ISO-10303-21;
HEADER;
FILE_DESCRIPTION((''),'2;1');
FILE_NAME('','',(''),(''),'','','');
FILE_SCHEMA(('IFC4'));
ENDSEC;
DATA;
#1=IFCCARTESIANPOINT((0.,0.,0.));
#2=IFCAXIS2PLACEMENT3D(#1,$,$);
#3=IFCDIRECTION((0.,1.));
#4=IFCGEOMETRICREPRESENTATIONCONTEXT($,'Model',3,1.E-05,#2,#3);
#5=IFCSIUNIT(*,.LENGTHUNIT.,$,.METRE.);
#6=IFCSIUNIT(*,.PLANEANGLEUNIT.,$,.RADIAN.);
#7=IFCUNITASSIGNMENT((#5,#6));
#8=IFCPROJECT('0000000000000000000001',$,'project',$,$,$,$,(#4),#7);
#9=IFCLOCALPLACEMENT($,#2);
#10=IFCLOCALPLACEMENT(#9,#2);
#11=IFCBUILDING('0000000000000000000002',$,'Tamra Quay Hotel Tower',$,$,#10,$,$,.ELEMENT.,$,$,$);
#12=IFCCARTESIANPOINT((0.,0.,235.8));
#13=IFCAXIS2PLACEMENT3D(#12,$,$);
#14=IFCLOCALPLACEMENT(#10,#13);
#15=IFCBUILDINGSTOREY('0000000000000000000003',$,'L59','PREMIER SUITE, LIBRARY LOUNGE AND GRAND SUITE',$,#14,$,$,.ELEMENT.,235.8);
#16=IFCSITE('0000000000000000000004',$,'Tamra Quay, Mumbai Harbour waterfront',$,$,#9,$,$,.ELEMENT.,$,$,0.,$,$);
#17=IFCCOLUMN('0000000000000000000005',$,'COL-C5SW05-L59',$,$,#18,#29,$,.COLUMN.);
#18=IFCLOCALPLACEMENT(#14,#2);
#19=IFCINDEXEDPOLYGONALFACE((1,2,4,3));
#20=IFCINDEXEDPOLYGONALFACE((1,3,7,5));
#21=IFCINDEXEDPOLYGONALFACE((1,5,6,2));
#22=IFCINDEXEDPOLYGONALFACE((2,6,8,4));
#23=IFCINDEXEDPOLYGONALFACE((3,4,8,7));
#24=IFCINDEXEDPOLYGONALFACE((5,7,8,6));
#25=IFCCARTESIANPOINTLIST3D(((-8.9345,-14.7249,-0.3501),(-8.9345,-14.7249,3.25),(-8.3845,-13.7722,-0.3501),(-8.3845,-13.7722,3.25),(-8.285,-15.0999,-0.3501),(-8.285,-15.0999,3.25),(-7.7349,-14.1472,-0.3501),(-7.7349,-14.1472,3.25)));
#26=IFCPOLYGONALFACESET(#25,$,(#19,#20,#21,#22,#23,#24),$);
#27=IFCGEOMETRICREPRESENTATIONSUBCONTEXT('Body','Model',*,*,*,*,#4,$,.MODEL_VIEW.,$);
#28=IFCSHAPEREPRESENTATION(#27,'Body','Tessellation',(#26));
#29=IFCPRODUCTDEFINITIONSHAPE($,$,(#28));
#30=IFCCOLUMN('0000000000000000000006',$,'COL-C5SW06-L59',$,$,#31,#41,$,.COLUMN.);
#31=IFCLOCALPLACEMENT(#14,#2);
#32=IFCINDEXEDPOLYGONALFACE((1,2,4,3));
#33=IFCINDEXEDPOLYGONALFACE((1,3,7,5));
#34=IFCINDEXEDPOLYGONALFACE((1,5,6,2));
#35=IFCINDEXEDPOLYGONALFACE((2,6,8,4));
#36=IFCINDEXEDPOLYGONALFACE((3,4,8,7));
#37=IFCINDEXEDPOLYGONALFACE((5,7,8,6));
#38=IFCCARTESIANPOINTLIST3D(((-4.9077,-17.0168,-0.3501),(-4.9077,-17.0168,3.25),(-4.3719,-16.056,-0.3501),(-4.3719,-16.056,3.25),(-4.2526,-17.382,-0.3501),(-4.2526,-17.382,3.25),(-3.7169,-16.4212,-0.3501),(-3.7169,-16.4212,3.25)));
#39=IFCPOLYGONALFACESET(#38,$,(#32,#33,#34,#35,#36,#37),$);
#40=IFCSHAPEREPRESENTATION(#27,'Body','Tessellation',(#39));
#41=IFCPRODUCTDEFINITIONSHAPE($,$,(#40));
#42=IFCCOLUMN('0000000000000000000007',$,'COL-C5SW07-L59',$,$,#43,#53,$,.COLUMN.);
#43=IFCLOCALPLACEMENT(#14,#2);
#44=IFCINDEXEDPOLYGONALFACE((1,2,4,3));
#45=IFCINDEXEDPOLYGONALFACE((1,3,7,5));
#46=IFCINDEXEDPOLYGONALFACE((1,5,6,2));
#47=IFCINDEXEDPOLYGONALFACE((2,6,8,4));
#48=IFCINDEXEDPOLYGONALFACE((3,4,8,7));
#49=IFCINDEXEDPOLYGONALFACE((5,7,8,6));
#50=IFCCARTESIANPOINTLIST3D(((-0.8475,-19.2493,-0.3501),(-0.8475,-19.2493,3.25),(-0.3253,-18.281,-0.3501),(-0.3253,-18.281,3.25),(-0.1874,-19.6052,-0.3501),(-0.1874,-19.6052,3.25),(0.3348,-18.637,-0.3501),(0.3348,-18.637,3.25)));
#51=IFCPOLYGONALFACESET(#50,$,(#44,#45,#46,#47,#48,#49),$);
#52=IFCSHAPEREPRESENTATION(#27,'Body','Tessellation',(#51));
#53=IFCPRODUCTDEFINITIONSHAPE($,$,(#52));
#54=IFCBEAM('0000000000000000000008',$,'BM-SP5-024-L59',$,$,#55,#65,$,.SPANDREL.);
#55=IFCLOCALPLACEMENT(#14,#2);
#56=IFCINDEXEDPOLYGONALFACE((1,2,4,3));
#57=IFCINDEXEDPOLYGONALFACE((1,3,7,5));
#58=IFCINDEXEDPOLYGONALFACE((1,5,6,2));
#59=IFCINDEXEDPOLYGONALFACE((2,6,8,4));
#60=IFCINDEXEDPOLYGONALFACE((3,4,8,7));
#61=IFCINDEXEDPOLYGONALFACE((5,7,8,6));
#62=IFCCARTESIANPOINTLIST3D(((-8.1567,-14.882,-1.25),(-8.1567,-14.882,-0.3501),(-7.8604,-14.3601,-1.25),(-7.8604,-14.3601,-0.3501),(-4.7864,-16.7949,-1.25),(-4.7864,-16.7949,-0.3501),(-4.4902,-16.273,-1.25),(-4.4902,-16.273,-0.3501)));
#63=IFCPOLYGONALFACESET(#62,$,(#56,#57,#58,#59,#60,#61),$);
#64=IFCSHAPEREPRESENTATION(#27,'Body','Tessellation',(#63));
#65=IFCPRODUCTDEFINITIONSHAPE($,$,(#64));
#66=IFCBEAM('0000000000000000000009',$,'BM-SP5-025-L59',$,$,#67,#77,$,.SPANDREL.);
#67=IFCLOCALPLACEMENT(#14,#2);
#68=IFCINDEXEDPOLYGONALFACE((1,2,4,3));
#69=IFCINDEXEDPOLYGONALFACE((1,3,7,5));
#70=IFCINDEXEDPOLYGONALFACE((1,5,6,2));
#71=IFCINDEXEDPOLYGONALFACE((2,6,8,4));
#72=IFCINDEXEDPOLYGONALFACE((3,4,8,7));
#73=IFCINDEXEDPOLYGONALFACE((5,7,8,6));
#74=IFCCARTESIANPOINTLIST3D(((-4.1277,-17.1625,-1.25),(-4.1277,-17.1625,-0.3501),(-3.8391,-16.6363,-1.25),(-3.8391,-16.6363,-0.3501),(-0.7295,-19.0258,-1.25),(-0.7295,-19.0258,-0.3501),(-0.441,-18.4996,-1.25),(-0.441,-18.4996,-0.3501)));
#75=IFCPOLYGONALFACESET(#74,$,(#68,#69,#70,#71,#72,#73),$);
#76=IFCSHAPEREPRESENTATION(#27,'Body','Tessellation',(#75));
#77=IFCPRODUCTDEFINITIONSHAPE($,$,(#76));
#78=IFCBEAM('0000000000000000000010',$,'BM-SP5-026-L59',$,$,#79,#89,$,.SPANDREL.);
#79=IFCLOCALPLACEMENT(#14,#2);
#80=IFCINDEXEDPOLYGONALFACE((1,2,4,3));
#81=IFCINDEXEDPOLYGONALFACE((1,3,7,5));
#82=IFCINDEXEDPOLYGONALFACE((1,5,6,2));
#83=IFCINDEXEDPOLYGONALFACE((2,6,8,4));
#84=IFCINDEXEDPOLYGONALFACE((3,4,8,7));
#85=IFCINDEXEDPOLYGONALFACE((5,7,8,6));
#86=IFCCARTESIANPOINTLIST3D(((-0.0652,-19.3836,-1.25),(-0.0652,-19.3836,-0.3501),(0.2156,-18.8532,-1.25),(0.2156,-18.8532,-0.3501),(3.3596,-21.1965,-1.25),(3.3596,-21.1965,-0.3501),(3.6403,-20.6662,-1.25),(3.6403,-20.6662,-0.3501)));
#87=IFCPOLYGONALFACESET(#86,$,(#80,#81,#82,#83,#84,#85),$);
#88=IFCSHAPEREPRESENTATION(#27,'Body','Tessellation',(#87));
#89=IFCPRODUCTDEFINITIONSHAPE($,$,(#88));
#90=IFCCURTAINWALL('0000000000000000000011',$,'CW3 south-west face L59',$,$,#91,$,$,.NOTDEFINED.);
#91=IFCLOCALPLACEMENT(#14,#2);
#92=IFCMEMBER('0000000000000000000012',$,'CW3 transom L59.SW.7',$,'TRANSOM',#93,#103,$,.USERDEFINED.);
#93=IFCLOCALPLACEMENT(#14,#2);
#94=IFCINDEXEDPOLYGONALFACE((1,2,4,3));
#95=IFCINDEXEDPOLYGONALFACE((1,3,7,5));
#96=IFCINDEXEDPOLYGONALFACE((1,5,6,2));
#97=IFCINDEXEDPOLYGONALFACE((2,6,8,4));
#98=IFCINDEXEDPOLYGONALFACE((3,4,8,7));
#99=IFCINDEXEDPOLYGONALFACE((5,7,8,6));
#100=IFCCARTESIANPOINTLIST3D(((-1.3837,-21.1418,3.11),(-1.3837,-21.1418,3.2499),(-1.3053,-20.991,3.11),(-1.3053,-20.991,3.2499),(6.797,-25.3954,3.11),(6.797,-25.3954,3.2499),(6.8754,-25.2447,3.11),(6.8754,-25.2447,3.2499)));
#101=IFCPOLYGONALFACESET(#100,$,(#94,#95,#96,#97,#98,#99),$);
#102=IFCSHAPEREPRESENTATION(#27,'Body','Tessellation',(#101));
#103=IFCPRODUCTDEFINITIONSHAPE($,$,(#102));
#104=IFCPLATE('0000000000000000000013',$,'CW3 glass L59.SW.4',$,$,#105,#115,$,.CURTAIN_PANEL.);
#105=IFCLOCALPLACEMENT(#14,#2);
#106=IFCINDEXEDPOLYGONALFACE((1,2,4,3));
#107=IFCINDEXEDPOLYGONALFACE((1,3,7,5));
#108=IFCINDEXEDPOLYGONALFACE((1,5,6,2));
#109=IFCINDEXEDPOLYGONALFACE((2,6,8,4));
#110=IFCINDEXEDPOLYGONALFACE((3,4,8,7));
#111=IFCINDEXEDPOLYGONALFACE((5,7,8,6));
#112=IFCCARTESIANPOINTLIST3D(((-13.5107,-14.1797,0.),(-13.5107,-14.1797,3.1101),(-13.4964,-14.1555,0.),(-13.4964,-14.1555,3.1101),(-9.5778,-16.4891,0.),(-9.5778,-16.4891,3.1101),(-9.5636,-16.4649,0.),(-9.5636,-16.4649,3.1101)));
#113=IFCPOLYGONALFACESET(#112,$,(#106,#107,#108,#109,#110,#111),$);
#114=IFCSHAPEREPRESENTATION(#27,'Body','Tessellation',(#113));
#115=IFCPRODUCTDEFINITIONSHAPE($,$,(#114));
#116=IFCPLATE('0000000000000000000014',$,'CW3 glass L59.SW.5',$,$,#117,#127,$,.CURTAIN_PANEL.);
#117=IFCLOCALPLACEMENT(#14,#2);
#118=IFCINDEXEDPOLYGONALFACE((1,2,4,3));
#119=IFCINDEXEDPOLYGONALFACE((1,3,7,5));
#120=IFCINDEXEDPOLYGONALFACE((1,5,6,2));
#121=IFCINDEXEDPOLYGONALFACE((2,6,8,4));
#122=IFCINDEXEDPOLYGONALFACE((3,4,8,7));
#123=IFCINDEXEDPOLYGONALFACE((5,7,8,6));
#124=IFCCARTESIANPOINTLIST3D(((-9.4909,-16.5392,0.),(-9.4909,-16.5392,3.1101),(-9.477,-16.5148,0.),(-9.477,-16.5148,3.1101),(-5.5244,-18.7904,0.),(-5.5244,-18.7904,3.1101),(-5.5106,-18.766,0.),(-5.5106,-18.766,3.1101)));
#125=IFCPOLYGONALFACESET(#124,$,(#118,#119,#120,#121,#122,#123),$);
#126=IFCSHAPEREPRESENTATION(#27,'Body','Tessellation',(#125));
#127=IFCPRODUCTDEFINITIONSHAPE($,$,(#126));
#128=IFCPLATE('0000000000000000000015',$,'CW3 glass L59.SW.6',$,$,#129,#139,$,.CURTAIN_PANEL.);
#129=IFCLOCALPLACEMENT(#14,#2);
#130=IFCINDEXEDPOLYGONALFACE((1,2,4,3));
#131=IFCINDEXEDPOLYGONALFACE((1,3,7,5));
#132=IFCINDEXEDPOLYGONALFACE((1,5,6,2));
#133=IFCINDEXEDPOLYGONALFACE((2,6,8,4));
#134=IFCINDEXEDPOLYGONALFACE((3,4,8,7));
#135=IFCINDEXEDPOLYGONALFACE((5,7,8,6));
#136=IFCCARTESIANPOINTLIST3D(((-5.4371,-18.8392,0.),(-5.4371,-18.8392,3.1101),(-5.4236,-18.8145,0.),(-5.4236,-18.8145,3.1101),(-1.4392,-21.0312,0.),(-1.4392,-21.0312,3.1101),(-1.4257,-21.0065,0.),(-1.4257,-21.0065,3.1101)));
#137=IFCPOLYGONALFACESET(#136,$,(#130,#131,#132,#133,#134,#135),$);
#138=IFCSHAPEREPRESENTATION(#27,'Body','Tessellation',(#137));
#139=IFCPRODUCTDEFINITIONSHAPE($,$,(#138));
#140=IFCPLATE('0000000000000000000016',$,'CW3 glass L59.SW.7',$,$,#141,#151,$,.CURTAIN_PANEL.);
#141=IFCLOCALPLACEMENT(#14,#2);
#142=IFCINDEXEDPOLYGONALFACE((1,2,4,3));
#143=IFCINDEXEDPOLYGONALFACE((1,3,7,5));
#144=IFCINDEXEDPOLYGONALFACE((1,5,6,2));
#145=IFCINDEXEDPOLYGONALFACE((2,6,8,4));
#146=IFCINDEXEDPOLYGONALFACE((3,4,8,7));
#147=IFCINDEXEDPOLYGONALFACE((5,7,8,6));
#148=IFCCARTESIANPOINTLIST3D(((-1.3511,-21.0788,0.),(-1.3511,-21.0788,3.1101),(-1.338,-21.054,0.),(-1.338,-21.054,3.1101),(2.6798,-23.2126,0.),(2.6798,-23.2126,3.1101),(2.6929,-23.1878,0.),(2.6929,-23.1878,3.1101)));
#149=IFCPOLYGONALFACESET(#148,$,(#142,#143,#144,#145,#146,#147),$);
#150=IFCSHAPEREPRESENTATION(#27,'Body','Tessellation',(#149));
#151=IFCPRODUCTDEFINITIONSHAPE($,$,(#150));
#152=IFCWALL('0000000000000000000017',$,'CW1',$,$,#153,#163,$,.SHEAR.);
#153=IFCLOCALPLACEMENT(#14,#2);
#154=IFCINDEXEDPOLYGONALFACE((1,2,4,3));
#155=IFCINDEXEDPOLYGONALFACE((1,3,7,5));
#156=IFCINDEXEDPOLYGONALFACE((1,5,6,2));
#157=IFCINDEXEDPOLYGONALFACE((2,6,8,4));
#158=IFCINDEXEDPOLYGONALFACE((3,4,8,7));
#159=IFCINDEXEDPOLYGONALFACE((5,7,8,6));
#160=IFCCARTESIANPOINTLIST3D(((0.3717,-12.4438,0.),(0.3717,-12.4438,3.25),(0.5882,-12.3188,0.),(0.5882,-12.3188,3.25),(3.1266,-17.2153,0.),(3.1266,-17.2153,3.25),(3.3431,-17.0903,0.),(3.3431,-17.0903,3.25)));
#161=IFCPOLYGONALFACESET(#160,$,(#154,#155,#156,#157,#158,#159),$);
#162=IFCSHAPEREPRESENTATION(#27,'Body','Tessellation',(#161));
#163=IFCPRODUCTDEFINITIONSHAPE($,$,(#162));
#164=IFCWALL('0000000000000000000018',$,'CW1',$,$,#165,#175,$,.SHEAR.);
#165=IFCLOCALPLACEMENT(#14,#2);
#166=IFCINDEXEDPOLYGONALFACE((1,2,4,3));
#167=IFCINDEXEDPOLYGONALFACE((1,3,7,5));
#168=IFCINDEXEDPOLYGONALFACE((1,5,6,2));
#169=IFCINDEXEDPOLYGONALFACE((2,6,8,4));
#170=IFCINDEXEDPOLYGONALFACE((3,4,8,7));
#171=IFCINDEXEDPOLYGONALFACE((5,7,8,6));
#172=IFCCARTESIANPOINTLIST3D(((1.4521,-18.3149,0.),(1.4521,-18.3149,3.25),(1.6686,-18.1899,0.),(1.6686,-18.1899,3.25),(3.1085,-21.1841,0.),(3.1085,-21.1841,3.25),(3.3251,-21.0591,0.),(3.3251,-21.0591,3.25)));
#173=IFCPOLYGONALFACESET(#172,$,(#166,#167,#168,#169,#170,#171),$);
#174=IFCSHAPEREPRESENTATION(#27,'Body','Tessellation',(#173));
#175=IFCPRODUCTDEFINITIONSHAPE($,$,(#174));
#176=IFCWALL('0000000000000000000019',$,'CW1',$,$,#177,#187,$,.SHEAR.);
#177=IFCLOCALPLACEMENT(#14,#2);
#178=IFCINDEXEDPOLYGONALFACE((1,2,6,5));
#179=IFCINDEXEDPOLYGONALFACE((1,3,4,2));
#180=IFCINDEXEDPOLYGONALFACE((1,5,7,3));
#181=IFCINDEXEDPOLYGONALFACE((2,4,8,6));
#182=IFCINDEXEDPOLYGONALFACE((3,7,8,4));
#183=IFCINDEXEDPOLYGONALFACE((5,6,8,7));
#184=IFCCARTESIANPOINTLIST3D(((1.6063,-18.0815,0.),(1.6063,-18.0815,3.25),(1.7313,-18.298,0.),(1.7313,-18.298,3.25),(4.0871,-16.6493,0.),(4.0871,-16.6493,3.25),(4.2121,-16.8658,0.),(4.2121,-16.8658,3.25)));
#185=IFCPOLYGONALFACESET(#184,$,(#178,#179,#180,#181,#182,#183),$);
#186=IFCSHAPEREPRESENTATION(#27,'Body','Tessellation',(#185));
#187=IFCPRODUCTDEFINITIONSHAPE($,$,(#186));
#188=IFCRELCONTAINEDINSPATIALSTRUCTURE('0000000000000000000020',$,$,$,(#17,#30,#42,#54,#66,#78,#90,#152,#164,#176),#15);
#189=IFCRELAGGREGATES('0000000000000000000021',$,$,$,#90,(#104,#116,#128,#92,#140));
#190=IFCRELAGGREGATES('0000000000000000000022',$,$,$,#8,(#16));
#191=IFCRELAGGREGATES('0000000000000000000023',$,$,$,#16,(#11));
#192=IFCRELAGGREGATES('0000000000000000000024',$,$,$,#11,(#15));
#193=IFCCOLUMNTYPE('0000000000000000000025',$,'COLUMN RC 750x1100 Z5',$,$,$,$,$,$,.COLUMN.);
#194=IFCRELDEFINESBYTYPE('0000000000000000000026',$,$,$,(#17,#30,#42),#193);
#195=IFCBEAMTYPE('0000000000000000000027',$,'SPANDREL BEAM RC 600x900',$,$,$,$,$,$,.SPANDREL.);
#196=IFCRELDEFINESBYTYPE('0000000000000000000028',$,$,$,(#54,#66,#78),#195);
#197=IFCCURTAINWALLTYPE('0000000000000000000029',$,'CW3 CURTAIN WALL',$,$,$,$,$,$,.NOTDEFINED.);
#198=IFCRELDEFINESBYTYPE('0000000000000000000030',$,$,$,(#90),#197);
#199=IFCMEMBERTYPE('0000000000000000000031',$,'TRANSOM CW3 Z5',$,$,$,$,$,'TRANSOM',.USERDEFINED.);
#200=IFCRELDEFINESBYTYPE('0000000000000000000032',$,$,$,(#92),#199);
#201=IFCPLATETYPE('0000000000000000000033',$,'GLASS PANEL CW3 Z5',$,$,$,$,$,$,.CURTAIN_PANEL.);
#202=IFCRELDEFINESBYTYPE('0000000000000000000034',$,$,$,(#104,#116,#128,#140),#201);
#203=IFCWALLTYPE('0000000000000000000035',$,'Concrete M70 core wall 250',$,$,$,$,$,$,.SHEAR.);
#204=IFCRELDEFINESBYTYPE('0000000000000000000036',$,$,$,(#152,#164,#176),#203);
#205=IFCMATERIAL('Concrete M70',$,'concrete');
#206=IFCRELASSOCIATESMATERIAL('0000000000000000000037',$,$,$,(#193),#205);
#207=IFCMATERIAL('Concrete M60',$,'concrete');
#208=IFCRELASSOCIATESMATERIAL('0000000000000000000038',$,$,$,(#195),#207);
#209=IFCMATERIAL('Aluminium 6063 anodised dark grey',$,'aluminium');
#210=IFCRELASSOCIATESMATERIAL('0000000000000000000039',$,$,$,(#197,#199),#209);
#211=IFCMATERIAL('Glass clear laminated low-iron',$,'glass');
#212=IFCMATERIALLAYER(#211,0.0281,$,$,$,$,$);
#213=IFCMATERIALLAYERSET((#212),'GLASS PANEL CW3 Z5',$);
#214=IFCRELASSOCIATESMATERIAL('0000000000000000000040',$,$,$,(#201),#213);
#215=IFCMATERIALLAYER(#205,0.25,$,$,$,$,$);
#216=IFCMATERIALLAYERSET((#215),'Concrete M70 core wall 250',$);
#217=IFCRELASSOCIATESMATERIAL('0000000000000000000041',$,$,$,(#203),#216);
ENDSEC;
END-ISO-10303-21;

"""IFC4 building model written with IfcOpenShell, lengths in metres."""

from ifc_helpers import new_model, si_unit, direction, frame, frame_2d, origin, origin_2d, place, context, subcontext, project, spatial, rectangle, extrude, material, layer, layer_set, material_profile, profile_set, type_object, element, aggregate, save


model = new_model("IFC4")

# Units and contexts
model_context = context("Model", 3, precision=1e-05, world=origin(), true_north=direction((0.0, 1.0)))
body_context = subcontext(model_context, "Body", "Model", "MODEL_VIEW")
ifc_project = project(units=[si_unit("LENGTHUNIT", "METRE"), si_unit("PLANEANGLEUNIT", "RADIAN")], contexts=[model_context])

# Site, building, storey
site_placement = place(None, origin())
site = spatial("IfcSite", under=ifc_project, at=site_placement, Name="Tamra Quay, Mumbai Harbour waterfront", CompositionType="ELEMENT", RefElevation=0.0)
building_placement = place(site_placement, origin())
building = spatial("IfcBuilding", under=site, at=building_placement, Name="Tamra Quay Hotel Tower", CompositionType="ELEMENT")
storey_placement = place(building_placement, frame((0.0, 0.0, 235.8)))
storey = spatial("IfcBuildingStorey", under=building, at=storey_placement, Name="L59", Description="PREMIER SUITE, LIBRARY LOUNGE AND GRAND SUITE", CompositionType="ELEMENT", Elevation=235.8)

# Columns
ifc_material_1 = material(Name="Concrete M70", Category="concrete")
ifc_material_profile_1 = material_profile(ifc_material_1, rectangle(XDim=1.1001, YDim=0.75, at=origin_2d()), Name="COLUMN RC 750x1100 Z5")
ifc_profile_set_1 = profile_set([ifc_material_profile_1], Name="Concrete M70")
column_type = type_object("IfcColumnType", Name="COLUMN RC 750x1100 Z5", PredefinedType="COLUMN", material=ifc_profile_set_1)
for number, where, z_axis, x_axis, name in (
    (1, (-8.3347, -14.436, -0.3501), (0.0, 0.0, 1.0), (0.5, 0.866025, 0.0), "COL-C5SW05-L59"),
    (2, (-4.3123, -16.719, -0.3501), (0.0, 0.0, 1.0), (0.486989, 0.873408, 0.0), "COL-C5SW06-L59"),
    (3, (-0.2563, -18.9431, -0.3501), (0.0, 0.0, 1.0), (0.474651, 0.880174, 0.0), "COL-C5SW07-L59"),
):
    element("IfcColumn", number, at=place(storey_placement, frame(where, z_axis=z_axis, x_axis=x_axis)), inside=storey, type_object=column_type, Name=name, PredefinedType="COLUMN", context=body_context, shape_type="SweptSolid", body=[
        extrude(rectangle(XDim=1.1001, YDim=0.75, at=origin_2d()), origin(), (0.0, 0.0, 1.0), 3.6001),
    ])

# Beams
ifc_material_2 = material(Name="Concrete M60", Category="concrete")
ifc_material_profile_2 = material_profile(ifc_material_2, rectangle(XDim=0.6001, YDim=0.8999, at=origin_2d()), Name="SPANDREL BEAM RC 600x900")
ifc_profile_set_2 = profile_set([ifc_material_profile_2], Name="Concrete M60")
beam_type = type_object("IfcBeamType", Name="SPANDREL BEAM RC 600x900", PredefinedType="SPANDREL", material=ifc_profile_set_2)
beam_1_placement = place(storey_placement, frame((-8.0085, -14.6211, -0.8), z_axis=(0.869678, -0.49362, 0.0), x_axis=(0.49362, 0.869678, 0.0)))
element("IfcBeam", 4, at=beam_1_placement, inside=storey, type_object=beam_type, Name="BM-SP5-024-L59", PredefinedType="SPANDREL", context=body_context, shape_type="SweptSolid", body=[
    extrude(rectangle(XDim=0.6001, YDim=0.8999, at=origin_2d()), origin(), (0.0, 0.0, 1.0), 3.8752),
])
beam_2_placement = place(storey_placement, frame((-3.9834, -16.8994, -0.8), z_axis=(0.876839, -0.480784, 0.0), x_axis=(0.480784, 0.876839, 0.0)))
element("IfcBeam", 5, at=beam_2_placement, inside=storey, type_object=beam_type, Name="BM-SP5-025-L59", PredefinedType="SPANDREL", context=body_context, shape_type="SweptSolid", body=[
    extrude(rectangle(XDim=0.6001, YDim=0.8999, at=origin_2d()), origin(), (0.0, 0.0, 1.0), 3.8755),
])
beam_3_placement = place(storey_placement, frame((0.0752, -19.1184, -0.8), z_axis=(0.883803, -0.467859, 0.0), x_axis=(0.467859, 0.883803, 0.0)))
element("IfcBeam", 6, at=beam_3_placement, inside=storey, type_object=beam_type, Name="BM-SP5-026-L59", PredefinedType="SPANDREL", context=body_context, shape_type="SweptSolid", body=[
    extrude(rectangle(XDim=0.6001, YDim=0.8999, at=origin_2d()), origin(), (0.0, 0.0, 1.0), 3.875),
])

# Curtain wall, member, plates
ifc_material_3 = material(Name="Aluminium 6063 anodised dark grey", Category="aluminium")
curtain_wall_type = type_object("IfcCurtainWallType", Name="CW3 CURTAIN WALL", PredefinedType="NOTDEFINED", material=ifc_material_3)
curtain_wall_placement = place(storey_placement, origin())
curtain_wall = element("IfcCurtainWall", 7, at=curtain_wall_placement, inside=storey, type_object=curtain_wall_type, Name="CW3 south-west face L59", PredefinedType="NOTDEFINED")
ifc_material_profile_3 = material_profile(ifc_material_3, rectangle(XDim=0.1699, YDim=0.1399, at=origin_2d()), Name="TRANSOM 170X140")
ifc_profile_set_3 = profile_set([ifc_material_profile_3], Name="Aluminium 6063 anodised dark grey")
member_type = type_object("IfcMemberType", Name="TRANSOM CW3 Z5", ElementType="TRANSOM", PredefinedType="USERDEFINED", material=ifc_profile_set_3)
member_placement = place(storey_placement, frame((-1.3445, -21.0664, 3.1799), z_axis=(0.887229, -0.461329, 0.0), x_axis=(0.461329, 0.887229, 0.0)))
member = element("IfcMember", 8, at=member_placement, type_object=member_type, Name="CW3 transom L59.SW.7", ObjectType="TRANSOM", PredefinedType="USERDEFINED", context=body_context, shape_type="SweptSolid", body=[
    extrude(rectangle(XDim=0.1699, YDim=0.1399, at=origin_2d()), origin(), (0.0, 0.0, 1.0), 9.2205),
])
ifc_material_4 = material(Name="Glass clear laminated low-iron", Category="glass")
ifc_layer_1 = layer(ifc_material_4, 0.0281)
ifc_layer_set_1 = layer_set([ifc_layer_1], Name="GLASS PANEL CW3 Z5")
plate_type = type_object("IfcPlateType", Name="GLASS PANEL CW3 Z5", PredefinedType="CURTAIN_PANEL", material=ifc_layer_set_1)
plate_1_placement = place(storey_placement, frame((-11.5371, -15.3223, 0.0), z_axis=(0.0, 0.0, 1.0), x_axis=(0.862321, -0.506362, 0.0)))
plate_1 = element("IfcPlate", 9, at=plate_1_placement, type_object=plate_type, Name="CW3 glass L59.SW.4", PredefinedType="CURTAIN_PANEL", context=body_context, shape_type="SweptSolid", body=[
    extrude(rectangle(XDim=4.5608, YDim=0.0281, at=origin_2d()), origin(), (0.0, 0.0, 1.0), 3.1101),
])
plate_2_placement = place(storey_placement, frame((-7.5007, -17.6526, 0.0), z_axis=(0.0, 0.0, 1.0), x_axis=(0.869683, -0.493611, 0.0)))
plate_2 = element("IfcPlate", 10, at=plate_2_placement, type_object=plate_type, Name="CW3 glass L59.SW.5", PredefinedType="CURTAIN_PANEL", context=body_context, shape_type="SweptSolid", body=[
    extrude(rectangle(XDim=4.5608, YDim=0.0281, at=origin_2d()), origin(), (0.0, 0.0, 1.0), 3.1101),
])
plate_3_placement = place(storey_placement, frame((-3.4314, -19.9229, 0.0), z_axis=(0.0, 0.0, 1.0), x_axis=(0.876846, -0.480771, 0.0)))
plate_3 = element("IfcPlate", 11, at=plate_3_placement, type_object=plate_type, Name="CW3 glass L59.SW.6", PredefinedType="CURTAIN_PANEL", context=body_context, shape_type="SweptSolid", body=[
    extrude(rectangle(XDim=4.5593, YDim=0.0281, at=origin_2d()), origin(), (0.0, 0.0, 1.0), 3.1101),
])
plate_4_placement = place(storey_placement, frame((0.6709, -22.1333, 0.0), z_axis=(0.0, 0.0, 1.0), x_axis=(0.883813, -0.467841, 0.0)))
plate_4 = element("IfcPlate", 12, at=plate_4_placement, type_object=plate_type, Name="CW3 glass L59.SW.7", PredefinedType="CURTAIN_PANEL", context=body_context, shape_type="SweptSolid", body=[
    extrude(rectangle(XDim=4.5608, YDim=0.0281, at=origin_2d()), origin(), (0.0, 0.0, 1.0), 3.1101),
])
aggregate(curtain_wall, [plate_1, plate_2, plate_3, member, plate_4])

# Walls
ifc_layer_2 = layer(ifc_material_1, 0.25)
ifc_layer_set_2 = layer_set([ifc_layer_2], Name="Concrete M70 core wall 250")
wall_type_1 = type_object("IfcWallType", Name="Concrete M70 core wall 250", PredefinedType="SHEAR", material=ifc_layer_set_2)
wall_1_placement = place(storey_placement, frame((3.2349, -17.1528, 0.0), z_axis=(0.0, 0.0, 1.0), x_axis=(-0.500009, 0.86602, 0.0)))
element("IfcWall", 13, at=wall_1_placement, inside=storey, type_object=wall_type_1, Name="CW1", PredefinedType="SHEAR", context=body_context, shape_type="SweptSolid", body=[
    extrude(rectangle(XDim=5.5098, YDim=0.25, at=frame_2d((2.7549, 0.0))), origin(), (0.0, 0.0, 1.0), 3.25),
])
wall_2_placement = place(storey_placement, frame((3.2168, -21.1216, 0.0), z_axis=(0.0, 0.0, 1.0), x_axis=(-0.499999, 0.866026, 0.0)))
element("IfcWall", 14, at=wall_2_placement, inside=storey, type_object=wall_type_1, Name="CW1", PredefinedType="SHEAR", context=body_context, shape_type="SweptSolid", body=[
    extrude(rectangle(XDim=3.313, YDim=0.25, at=frame_2d((1.6565, 0.0))), origin(), (0.0, 0.0, 1.0), 3.25),
])
wall_3_placement = place(storey_placement, frame((1.6689, -18.1897, 0.0), z_axis=(0.0, 0.0, 1.0), x_axis=(0.866042, 0.499971, 0.0)))
element("IfcWall", 15, at=wall_3_placement, inside=storey, type_object=wall_type_1, Name="CW1", PredefinedType="SHEAR", context=body_context, shape_type="SweptSolid", body=[
    extrude(rectangle(XDim=2.8645, YDim=0.25, at=frame_2d((1.4321, 0.0))), origin(), (0.0, 0.0, 1.0), 3.25),
])

save(model, "model.ifc")
